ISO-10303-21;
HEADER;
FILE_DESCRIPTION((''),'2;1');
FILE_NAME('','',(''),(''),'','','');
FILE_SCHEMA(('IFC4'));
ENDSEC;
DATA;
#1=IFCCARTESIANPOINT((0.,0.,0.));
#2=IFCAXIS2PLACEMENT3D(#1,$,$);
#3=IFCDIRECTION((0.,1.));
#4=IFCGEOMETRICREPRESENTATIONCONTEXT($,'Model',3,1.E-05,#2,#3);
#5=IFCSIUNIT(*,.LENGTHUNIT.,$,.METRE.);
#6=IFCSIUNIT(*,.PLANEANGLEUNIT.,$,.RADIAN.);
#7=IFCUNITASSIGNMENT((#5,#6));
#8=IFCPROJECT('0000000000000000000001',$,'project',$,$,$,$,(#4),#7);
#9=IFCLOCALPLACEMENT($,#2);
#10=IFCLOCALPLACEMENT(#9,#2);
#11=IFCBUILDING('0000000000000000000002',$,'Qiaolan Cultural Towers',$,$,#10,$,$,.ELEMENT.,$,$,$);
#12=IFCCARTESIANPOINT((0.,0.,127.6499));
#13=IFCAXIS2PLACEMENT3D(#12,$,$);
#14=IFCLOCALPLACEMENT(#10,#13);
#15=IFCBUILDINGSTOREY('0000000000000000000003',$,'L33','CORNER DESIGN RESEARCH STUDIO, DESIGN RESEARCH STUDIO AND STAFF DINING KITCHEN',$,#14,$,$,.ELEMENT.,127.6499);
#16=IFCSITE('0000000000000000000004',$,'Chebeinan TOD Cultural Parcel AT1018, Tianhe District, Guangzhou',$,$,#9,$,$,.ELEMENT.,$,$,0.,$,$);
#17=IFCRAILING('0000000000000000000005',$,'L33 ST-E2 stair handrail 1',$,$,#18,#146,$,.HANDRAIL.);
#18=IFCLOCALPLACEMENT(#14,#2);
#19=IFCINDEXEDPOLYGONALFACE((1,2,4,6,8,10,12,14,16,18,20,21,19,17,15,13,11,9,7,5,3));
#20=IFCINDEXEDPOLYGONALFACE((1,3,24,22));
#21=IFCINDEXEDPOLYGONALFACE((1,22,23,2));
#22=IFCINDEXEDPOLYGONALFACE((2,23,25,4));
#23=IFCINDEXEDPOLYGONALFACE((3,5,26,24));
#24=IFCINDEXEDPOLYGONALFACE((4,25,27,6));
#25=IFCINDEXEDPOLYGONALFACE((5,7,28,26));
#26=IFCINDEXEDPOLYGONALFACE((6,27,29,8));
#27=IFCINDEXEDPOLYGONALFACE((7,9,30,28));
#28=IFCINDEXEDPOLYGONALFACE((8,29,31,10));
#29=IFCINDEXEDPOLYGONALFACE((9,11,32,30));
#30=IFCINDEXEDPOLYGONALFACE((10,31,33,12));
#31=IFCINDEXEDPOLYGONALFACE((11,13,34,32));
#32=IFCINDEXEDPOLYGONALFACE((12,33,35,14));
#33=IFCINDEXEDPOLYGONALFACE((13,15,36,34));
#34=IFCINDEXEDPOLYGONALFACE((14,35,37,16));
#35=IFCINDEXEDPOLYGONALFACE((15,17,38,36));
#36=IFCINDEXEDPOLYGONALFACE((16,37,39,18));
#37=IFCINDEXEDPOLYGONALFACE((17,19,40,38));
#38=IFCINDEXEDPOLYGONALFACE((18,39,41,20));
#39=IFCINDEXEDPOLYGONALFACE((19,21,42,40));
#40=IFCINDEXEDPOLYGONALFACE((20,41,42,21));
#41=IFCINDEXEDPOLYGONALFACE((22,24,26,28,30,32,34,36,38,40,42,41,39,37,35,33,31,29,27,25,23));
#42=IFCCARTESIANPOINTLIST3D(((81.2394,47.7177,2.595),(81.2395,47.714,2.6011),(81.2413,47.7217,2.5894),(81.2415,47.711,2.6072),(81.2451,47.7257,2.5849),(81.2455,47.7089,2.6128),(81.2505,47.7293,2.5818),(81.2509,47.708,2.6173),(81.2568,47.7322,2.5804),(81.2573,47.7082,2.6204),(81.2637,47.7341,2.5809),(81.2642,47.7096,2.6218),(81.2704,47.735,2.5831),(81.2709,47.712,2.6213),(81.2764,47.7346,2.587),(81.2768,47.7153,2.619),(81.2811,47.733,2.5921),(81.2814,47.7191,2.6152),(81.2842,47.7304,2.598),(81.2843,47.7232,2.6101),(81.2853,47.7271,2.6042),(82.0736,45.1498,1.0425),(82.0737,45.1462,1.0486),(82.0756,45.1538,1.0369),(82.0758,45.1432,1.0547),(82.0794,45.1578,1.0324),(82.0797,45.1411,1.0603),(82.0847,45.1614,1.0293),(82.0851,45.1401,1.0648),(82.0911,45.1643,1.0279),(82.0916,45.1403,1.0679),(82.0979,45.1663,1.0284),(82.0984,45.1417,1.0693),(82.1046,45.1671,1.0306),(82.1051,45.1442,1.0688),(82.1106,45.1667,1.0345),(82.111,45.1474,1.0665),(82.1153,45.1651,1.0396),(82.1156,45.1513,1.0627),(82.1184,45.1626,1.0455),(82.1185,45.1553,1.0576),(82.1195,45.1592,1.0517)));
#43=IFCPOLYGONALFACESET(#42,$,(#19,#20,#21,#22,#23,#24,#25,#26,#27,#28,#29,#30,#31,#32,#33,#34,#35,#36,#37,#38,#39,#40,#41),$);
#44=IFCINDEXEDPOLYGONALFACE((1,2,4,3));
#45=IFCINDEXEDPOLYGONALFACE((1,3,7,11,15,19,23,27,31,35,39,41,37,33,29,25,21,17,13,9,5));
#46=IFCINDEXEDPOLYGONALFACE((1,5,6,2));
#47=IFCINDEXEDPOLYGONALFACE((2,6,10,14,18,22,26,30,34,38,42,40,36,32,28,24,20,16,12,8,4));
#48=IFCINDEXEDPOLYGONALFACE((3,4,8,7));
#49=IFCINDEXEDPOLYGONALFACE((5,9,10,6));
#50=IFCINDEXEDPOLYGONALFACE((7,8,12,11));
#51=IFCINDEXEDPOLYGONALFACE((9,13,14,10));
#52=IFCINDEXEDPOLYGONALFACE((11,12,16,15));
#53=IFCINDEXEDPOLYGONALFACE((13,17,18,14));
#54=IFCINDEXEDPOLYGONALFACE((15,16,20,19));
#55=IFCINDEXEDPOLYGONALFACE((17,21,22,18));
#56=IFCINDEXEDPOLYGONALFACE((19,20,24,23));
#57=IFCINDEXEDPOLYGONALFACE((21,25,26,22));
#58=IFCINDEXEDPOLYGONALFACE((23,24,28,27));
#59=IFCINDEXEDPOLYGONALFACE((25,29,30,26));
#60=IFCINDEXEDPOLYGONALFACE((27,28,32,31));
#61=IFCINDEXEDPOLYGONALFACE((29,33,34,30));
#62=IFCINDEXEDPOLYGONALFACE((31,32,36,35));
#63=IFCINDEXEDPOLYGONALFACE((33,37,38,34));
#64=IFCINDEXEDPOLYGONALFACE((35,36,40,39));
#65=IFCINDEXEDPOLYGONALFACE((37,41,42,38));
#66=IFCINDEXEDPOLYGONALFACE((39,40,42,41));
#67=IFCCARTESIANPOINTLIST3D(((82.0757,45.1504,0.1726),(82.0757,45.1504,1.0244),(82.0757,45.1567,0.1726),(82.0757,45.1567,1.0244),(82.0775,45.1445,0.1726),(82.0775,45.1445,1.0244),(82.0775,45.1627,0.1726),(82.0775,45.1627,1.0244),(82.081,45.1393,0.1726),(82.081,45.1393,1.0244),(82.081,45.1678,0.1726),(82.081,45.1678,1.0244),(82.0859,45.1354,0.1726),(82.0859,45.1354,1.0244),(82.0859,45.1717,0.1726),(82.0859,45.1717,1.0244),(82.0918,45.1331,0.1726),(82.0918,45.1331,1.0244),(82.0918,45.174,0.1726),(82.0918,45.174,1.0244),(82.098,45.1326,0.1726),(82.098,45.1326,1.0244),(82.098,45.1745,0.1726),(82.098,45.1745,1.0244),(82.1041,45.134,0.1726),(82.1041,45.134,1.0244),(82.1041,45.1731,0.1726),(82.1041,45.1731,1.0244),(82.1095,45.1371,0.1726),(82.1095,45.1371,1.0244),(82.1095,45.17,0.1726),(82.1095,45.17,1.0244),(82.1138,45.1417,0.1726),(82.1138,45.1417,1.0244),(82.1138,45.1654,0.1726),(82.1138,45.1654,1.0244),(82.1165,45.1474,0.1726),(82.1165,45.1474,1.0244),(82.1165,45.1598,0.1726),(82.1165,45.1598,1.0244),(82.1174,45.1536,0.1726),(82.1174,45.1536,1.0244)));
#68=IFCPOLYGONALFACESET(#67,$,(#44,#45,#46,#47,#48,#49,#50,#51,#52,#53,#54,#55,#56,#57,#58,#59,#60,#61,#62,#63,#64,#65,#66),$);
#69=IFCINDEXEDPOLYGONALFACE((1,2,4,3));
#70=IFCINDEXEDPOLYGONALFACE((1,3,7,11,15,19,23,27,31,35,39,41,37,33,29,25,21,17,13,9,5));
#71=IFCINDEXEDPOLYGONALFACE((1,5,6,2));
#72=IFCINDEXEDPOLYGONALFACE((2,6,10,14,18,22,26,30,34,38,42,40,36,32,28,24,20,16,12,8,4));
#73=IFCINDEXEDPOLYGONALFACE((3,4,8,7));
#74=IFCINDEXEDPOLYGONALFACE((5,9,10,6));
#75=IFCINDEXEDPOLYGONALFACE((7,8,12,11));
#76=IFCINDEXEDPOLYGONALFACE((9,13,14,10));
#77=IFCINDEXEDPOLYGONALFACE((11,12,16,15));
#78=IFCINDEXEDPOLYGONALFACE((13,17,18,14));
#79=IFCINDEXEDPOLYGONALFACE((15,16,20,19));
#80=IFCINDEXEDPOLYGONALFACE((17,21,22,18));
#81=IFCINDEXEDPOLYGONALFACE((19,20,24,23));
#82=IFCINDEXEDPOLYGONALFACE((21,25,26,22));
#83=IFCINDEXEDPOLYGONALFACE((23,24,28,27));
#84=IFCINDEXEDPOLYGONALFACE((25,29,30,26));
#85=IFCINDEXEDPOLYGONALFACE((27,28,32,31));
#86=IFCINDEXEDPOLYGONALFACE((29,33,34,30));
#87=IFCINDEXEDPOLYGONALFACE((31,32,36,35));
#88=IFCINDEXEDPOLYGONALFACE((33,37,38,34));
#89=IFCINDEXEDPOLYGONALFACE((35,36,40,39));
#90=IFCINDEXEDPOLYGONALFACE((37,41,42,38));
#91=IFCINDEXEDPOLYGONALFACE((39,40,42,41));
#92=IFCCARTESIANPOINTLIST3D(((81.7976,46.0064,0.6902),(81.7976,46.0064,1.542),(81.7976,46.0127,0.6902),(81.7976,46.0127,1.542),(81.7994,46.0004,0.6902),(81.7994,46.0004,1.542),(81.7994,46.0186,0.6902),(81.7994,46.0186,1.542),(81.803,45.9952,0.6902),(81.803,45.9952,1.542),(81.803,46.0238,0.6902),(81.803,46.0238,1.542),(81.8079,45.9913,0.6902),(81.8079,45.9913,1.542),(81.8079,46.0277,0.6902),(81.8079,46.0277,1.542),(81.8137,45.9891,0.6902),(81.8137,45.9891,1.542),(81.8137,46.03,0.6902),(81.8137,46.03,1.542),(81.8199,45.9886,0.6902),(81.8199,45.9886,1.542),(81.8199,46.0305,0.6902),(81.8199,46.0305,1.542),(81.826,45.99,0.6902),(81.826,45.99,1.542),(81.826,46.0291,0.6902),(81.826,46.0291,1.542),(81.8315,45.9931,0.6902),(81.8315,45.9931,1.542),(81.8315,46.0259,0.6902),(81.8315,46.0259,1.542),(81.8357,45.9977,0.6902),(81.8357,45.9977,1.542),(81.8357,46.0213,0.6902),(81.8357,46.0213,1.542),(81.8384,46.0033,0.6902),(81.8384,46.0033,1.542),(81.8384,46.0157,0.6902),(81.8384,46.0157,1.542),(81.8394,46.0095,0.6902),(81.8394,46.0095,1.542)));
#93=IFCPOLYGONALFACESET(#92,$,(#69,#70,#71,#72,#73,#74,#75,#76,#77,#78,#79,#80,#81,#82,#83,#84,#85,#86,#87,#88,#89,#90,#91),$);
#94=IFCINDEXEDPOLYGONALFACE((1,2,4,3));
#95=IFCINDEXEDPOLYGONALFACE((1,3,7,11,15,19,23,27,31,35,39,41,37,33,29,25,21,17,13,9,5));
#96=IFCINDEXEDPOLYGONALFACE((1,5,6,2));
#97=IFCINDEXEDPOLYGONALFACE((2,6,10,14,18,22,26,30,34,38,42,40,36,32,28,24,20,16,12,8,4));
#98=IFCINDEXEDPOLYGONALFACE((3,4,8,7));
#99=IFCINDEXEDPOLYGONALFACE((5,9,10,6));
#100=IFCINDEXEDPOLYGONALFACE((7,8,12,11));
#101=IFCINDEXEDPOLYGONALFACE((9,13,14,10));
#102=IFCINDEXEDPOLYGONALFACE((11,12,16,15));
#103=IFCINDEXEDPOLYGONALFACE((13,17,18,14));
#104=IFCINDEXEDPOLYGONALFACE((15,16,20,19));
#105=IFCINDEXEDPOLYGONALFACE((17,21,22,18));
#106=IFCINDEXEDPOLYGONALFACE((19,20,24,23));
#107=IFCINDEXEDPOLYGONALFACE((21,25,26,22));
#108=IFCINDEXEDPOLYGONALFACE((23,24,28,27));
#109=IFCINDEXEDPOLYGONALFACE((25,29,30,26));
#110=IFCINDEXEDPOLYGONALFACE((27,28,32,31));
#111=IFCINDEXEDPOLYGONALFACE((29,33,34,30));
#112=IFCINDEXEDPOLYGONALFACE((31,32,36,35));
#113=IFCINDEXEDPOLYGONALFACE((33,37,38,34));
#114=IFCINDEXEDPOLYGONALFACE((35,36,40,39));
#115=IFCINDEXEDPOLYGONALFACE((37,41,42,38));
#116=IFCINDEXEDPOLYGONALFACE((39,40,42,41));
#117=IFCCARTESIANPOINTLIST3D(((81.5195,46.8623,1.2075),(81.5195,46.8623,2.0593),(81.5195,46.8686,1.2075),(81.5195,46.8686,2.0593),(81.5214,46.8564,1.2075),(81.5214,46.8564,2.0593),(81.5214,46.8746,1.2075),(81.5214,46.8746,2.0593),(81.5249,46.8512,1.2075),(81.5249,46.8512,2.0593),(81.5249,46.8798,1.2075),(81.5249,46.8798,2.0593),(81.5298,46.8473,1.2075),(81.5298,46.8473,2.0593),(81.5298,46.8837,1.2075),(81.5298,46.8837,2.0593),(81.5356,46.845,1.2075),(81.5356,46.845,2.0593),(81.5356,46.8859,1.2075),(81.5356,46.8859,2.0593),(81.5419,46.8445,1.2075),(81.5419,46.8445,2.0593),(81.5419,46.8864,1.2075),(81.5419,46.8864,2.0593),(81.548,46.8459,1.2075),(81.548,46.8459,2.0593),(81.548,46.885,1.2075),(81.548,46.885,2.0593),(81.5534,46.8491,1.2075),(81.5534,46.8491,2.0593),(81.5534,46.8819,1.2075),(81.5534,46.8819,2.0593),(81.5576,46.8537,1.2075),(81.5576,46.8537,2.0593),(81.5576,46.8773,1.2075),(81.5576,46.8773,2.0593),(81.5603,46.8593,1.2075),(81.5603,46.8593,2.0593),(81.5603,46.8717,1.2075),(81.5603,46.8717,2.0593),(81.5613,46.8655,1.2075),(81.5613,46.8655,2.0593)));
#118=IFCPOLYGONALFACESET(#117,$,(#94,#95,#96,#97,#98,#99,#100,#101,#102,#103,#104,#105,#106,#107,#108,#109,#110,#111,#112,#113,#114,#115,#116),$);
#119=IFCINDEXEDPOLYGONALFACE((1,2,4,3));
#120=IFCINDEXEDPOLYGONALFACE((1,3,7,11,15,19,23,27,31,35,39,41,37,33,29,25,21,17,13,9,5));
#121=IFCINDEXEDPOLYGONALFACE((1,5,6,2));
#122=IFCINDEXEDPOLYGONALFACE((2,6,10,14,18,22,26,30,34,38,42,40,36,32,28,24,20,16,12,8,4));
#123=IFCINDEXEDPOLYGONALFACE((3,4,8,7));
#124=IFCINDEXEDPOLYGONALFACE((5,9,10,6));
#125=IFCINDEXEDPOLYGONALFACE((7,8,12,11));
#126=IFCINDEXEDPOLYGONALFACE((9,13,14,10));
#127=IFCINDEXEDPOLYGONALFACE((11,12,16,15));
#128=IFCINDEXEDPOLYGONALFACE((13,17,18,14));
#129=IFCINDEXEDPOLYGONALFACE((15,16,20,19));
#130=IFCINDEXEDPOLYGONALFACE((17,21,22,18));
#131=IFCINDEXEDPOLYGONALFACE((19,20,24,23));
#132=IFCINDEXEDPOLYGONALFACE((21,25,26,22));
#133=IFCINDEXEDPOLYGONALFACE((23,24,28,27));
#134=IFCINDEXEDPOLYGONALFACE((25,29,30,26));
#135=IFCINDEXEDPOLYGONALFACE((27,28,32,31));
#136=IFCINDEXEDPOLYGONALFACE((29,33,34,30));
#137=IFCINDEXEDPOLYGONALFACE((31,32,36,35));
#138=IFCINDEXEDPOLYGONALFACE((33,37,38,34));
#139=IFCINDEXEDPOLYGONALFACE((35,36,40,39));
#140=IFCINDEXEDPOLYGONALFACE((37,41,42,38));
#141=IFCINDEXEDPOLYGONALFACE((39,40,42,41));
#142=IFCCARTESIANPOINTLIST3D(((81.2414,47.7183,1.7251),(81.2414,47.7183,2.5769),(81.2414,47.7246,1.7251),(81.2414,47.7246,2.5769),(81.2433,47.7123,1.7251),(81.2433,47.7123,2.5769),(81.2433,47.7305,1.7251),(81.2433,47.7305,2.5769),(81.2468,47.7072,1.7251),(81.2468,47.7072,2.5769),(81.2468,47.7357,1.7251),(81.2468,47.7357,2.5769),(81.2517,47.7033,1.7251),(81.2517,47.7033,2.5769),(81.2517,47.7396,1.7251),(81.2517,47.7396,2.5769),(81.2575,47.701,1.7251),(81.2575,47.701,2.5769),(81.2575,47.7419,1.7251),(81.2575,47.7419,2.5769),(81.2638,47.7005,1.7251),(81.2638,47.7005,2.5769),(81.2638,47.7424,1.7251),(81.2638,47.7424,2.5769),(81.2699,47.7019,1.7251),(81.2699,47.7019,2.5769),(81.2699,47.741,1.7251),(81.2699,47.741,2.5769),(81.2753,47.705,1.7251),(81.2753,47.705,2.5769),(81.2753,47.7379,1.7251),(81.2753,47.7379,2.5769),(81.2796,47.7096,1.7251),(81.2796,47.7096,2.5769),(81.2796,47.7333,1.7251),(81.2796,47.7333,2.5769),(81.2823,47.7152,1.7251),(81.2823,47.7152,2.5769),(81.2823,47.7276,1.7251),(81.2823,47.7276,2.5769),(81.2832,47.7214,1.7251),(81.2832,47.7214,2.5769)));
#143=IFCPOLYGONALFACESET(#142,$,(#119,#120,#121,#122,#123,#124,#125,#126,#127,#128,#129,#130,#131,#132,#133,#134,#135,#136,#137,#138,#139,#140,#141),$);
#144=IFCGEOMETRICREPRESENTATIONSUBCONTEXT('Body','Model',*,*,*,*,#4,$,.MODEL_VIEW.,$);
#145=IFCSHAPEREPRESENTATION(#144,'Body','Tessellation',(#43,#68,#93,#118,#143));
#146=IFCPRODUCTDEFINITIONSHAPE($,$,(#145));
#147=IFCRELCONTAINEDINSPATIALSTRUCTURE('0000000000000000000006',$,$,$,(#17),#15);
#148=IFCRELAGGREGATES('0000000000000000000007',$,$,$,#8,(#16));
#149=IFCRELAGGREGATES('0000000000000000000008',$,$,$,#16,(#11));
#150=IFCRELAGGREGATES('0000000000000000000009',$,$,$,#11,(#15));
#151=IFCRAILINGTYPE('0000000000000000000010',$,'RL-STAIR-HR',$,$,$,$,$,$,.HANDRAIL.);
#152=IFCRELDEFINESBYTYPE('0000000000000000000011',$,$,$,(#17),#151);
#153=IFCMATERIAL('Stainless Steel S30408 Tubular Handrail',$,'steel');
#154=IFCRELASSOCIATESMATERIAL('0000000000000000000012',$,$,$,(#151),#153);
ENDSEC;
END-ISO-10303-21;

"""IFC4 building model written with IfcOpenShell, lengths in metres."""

from ifc_helpers import new_model, si_unit, direction, frame, origin, origin_2d, place, context, subcontext, project, spatial, circle, extrude, material, type_object, element, save


model = new_model("IFC4")

# Units and contexts
model_context = context("Model", 3, precision=1e-05, world=origin(), true_north=direction((0.0, 1.0)))
body_context = subcontext(model_context, "Body", "Model", "MODEL_VIEW")
ifc_project = project(units=[si_unit("LENGTHUNIT", "METRE"), si_unit("PLANEANGLEUNIT", "RADIAN")], contexts=[model_context])

# Site, building, storey
site_placement = place(None, origin())
site = spatial("IfcSite", under=ifc_project, at=site_placement, Name="Chebeinan TOD Cultural Parcel AT1018, Tianhe District, Guangzhou", CompositionType="ELEMENT", RefElevation=0.0)
building_placement = place(site_placement, origin())
building = spatial("IfcBuilding", under=site, at=building_placement, Name="Qiaolan Cultural Towers", CompositionType="ELEMENT")
storey_placement = place(building_placement, frame((0.0, 0.0, 127.6499)))
storey = spatial("IfcBuildingStorey", under=building, at=storey_placement, Name="L33", Description="CORNER DESIGN RESEARCH STUDIO, DESIGN RESEARCH STUDIO AND STAFF DINING KITCHEN", CompositionType="ELEMENT", Elevation=127.6499)

# Railing
ifc_material_1 = material(Name="Stainless Steel S30408 Tubular Handrail", Category="steel")
railing_type_1 = type_object("IfcRailingType", Name="RL-STAIR-HR", PredefinedType="HANDRAIL", material=ifc_material_1)
railing_1_placement = place(storey_placement, frame((82.0964, 45.1536, 0.1726)))
element("IfcRailing", 1, at=railing_1_placement, inside=storey, type_object=railing_type_1, Name="L33 ST-E2 stair handrail 1", PredefinedType="HANDRAIL", context=body_context, shape_type="SweptSolid", body=[
    extrude(circle(Radius=0.0239, at=origin_2d()), frame((0.0, 0.0, 0.876), z_axis=(-0.267853, 0.824488, 0.498471), x_axis=(-0.95107, -0.308976, 0.0)), (0.0, 0.0, 1.0), 3.1145),
    extrude(circle(Radius=0.021, at=origin_2d()), origin(), (0.0, 0.0, 1.0), 0.8518),
    extrude(circle(Radius=0.021, at=origin_2d()), frame((-0.2781, 0.856, 0.5176)), (0.0, 0.0, 1.0), 0.8518),
    extrude(circle(Radius=0.021, at=origin_2d()), frame((-0.5562, 1.7119, 1.0349)), (0.0, 0.0, 1.0), 0.8518),
    extrude(circle(Radius=0.021, at=origin_2d()), frame((-0.8342, 2.5679, 1.5525)), (0.0, 0.0, 1.0), 0.8518),
])

save(model, "model.ifc")
